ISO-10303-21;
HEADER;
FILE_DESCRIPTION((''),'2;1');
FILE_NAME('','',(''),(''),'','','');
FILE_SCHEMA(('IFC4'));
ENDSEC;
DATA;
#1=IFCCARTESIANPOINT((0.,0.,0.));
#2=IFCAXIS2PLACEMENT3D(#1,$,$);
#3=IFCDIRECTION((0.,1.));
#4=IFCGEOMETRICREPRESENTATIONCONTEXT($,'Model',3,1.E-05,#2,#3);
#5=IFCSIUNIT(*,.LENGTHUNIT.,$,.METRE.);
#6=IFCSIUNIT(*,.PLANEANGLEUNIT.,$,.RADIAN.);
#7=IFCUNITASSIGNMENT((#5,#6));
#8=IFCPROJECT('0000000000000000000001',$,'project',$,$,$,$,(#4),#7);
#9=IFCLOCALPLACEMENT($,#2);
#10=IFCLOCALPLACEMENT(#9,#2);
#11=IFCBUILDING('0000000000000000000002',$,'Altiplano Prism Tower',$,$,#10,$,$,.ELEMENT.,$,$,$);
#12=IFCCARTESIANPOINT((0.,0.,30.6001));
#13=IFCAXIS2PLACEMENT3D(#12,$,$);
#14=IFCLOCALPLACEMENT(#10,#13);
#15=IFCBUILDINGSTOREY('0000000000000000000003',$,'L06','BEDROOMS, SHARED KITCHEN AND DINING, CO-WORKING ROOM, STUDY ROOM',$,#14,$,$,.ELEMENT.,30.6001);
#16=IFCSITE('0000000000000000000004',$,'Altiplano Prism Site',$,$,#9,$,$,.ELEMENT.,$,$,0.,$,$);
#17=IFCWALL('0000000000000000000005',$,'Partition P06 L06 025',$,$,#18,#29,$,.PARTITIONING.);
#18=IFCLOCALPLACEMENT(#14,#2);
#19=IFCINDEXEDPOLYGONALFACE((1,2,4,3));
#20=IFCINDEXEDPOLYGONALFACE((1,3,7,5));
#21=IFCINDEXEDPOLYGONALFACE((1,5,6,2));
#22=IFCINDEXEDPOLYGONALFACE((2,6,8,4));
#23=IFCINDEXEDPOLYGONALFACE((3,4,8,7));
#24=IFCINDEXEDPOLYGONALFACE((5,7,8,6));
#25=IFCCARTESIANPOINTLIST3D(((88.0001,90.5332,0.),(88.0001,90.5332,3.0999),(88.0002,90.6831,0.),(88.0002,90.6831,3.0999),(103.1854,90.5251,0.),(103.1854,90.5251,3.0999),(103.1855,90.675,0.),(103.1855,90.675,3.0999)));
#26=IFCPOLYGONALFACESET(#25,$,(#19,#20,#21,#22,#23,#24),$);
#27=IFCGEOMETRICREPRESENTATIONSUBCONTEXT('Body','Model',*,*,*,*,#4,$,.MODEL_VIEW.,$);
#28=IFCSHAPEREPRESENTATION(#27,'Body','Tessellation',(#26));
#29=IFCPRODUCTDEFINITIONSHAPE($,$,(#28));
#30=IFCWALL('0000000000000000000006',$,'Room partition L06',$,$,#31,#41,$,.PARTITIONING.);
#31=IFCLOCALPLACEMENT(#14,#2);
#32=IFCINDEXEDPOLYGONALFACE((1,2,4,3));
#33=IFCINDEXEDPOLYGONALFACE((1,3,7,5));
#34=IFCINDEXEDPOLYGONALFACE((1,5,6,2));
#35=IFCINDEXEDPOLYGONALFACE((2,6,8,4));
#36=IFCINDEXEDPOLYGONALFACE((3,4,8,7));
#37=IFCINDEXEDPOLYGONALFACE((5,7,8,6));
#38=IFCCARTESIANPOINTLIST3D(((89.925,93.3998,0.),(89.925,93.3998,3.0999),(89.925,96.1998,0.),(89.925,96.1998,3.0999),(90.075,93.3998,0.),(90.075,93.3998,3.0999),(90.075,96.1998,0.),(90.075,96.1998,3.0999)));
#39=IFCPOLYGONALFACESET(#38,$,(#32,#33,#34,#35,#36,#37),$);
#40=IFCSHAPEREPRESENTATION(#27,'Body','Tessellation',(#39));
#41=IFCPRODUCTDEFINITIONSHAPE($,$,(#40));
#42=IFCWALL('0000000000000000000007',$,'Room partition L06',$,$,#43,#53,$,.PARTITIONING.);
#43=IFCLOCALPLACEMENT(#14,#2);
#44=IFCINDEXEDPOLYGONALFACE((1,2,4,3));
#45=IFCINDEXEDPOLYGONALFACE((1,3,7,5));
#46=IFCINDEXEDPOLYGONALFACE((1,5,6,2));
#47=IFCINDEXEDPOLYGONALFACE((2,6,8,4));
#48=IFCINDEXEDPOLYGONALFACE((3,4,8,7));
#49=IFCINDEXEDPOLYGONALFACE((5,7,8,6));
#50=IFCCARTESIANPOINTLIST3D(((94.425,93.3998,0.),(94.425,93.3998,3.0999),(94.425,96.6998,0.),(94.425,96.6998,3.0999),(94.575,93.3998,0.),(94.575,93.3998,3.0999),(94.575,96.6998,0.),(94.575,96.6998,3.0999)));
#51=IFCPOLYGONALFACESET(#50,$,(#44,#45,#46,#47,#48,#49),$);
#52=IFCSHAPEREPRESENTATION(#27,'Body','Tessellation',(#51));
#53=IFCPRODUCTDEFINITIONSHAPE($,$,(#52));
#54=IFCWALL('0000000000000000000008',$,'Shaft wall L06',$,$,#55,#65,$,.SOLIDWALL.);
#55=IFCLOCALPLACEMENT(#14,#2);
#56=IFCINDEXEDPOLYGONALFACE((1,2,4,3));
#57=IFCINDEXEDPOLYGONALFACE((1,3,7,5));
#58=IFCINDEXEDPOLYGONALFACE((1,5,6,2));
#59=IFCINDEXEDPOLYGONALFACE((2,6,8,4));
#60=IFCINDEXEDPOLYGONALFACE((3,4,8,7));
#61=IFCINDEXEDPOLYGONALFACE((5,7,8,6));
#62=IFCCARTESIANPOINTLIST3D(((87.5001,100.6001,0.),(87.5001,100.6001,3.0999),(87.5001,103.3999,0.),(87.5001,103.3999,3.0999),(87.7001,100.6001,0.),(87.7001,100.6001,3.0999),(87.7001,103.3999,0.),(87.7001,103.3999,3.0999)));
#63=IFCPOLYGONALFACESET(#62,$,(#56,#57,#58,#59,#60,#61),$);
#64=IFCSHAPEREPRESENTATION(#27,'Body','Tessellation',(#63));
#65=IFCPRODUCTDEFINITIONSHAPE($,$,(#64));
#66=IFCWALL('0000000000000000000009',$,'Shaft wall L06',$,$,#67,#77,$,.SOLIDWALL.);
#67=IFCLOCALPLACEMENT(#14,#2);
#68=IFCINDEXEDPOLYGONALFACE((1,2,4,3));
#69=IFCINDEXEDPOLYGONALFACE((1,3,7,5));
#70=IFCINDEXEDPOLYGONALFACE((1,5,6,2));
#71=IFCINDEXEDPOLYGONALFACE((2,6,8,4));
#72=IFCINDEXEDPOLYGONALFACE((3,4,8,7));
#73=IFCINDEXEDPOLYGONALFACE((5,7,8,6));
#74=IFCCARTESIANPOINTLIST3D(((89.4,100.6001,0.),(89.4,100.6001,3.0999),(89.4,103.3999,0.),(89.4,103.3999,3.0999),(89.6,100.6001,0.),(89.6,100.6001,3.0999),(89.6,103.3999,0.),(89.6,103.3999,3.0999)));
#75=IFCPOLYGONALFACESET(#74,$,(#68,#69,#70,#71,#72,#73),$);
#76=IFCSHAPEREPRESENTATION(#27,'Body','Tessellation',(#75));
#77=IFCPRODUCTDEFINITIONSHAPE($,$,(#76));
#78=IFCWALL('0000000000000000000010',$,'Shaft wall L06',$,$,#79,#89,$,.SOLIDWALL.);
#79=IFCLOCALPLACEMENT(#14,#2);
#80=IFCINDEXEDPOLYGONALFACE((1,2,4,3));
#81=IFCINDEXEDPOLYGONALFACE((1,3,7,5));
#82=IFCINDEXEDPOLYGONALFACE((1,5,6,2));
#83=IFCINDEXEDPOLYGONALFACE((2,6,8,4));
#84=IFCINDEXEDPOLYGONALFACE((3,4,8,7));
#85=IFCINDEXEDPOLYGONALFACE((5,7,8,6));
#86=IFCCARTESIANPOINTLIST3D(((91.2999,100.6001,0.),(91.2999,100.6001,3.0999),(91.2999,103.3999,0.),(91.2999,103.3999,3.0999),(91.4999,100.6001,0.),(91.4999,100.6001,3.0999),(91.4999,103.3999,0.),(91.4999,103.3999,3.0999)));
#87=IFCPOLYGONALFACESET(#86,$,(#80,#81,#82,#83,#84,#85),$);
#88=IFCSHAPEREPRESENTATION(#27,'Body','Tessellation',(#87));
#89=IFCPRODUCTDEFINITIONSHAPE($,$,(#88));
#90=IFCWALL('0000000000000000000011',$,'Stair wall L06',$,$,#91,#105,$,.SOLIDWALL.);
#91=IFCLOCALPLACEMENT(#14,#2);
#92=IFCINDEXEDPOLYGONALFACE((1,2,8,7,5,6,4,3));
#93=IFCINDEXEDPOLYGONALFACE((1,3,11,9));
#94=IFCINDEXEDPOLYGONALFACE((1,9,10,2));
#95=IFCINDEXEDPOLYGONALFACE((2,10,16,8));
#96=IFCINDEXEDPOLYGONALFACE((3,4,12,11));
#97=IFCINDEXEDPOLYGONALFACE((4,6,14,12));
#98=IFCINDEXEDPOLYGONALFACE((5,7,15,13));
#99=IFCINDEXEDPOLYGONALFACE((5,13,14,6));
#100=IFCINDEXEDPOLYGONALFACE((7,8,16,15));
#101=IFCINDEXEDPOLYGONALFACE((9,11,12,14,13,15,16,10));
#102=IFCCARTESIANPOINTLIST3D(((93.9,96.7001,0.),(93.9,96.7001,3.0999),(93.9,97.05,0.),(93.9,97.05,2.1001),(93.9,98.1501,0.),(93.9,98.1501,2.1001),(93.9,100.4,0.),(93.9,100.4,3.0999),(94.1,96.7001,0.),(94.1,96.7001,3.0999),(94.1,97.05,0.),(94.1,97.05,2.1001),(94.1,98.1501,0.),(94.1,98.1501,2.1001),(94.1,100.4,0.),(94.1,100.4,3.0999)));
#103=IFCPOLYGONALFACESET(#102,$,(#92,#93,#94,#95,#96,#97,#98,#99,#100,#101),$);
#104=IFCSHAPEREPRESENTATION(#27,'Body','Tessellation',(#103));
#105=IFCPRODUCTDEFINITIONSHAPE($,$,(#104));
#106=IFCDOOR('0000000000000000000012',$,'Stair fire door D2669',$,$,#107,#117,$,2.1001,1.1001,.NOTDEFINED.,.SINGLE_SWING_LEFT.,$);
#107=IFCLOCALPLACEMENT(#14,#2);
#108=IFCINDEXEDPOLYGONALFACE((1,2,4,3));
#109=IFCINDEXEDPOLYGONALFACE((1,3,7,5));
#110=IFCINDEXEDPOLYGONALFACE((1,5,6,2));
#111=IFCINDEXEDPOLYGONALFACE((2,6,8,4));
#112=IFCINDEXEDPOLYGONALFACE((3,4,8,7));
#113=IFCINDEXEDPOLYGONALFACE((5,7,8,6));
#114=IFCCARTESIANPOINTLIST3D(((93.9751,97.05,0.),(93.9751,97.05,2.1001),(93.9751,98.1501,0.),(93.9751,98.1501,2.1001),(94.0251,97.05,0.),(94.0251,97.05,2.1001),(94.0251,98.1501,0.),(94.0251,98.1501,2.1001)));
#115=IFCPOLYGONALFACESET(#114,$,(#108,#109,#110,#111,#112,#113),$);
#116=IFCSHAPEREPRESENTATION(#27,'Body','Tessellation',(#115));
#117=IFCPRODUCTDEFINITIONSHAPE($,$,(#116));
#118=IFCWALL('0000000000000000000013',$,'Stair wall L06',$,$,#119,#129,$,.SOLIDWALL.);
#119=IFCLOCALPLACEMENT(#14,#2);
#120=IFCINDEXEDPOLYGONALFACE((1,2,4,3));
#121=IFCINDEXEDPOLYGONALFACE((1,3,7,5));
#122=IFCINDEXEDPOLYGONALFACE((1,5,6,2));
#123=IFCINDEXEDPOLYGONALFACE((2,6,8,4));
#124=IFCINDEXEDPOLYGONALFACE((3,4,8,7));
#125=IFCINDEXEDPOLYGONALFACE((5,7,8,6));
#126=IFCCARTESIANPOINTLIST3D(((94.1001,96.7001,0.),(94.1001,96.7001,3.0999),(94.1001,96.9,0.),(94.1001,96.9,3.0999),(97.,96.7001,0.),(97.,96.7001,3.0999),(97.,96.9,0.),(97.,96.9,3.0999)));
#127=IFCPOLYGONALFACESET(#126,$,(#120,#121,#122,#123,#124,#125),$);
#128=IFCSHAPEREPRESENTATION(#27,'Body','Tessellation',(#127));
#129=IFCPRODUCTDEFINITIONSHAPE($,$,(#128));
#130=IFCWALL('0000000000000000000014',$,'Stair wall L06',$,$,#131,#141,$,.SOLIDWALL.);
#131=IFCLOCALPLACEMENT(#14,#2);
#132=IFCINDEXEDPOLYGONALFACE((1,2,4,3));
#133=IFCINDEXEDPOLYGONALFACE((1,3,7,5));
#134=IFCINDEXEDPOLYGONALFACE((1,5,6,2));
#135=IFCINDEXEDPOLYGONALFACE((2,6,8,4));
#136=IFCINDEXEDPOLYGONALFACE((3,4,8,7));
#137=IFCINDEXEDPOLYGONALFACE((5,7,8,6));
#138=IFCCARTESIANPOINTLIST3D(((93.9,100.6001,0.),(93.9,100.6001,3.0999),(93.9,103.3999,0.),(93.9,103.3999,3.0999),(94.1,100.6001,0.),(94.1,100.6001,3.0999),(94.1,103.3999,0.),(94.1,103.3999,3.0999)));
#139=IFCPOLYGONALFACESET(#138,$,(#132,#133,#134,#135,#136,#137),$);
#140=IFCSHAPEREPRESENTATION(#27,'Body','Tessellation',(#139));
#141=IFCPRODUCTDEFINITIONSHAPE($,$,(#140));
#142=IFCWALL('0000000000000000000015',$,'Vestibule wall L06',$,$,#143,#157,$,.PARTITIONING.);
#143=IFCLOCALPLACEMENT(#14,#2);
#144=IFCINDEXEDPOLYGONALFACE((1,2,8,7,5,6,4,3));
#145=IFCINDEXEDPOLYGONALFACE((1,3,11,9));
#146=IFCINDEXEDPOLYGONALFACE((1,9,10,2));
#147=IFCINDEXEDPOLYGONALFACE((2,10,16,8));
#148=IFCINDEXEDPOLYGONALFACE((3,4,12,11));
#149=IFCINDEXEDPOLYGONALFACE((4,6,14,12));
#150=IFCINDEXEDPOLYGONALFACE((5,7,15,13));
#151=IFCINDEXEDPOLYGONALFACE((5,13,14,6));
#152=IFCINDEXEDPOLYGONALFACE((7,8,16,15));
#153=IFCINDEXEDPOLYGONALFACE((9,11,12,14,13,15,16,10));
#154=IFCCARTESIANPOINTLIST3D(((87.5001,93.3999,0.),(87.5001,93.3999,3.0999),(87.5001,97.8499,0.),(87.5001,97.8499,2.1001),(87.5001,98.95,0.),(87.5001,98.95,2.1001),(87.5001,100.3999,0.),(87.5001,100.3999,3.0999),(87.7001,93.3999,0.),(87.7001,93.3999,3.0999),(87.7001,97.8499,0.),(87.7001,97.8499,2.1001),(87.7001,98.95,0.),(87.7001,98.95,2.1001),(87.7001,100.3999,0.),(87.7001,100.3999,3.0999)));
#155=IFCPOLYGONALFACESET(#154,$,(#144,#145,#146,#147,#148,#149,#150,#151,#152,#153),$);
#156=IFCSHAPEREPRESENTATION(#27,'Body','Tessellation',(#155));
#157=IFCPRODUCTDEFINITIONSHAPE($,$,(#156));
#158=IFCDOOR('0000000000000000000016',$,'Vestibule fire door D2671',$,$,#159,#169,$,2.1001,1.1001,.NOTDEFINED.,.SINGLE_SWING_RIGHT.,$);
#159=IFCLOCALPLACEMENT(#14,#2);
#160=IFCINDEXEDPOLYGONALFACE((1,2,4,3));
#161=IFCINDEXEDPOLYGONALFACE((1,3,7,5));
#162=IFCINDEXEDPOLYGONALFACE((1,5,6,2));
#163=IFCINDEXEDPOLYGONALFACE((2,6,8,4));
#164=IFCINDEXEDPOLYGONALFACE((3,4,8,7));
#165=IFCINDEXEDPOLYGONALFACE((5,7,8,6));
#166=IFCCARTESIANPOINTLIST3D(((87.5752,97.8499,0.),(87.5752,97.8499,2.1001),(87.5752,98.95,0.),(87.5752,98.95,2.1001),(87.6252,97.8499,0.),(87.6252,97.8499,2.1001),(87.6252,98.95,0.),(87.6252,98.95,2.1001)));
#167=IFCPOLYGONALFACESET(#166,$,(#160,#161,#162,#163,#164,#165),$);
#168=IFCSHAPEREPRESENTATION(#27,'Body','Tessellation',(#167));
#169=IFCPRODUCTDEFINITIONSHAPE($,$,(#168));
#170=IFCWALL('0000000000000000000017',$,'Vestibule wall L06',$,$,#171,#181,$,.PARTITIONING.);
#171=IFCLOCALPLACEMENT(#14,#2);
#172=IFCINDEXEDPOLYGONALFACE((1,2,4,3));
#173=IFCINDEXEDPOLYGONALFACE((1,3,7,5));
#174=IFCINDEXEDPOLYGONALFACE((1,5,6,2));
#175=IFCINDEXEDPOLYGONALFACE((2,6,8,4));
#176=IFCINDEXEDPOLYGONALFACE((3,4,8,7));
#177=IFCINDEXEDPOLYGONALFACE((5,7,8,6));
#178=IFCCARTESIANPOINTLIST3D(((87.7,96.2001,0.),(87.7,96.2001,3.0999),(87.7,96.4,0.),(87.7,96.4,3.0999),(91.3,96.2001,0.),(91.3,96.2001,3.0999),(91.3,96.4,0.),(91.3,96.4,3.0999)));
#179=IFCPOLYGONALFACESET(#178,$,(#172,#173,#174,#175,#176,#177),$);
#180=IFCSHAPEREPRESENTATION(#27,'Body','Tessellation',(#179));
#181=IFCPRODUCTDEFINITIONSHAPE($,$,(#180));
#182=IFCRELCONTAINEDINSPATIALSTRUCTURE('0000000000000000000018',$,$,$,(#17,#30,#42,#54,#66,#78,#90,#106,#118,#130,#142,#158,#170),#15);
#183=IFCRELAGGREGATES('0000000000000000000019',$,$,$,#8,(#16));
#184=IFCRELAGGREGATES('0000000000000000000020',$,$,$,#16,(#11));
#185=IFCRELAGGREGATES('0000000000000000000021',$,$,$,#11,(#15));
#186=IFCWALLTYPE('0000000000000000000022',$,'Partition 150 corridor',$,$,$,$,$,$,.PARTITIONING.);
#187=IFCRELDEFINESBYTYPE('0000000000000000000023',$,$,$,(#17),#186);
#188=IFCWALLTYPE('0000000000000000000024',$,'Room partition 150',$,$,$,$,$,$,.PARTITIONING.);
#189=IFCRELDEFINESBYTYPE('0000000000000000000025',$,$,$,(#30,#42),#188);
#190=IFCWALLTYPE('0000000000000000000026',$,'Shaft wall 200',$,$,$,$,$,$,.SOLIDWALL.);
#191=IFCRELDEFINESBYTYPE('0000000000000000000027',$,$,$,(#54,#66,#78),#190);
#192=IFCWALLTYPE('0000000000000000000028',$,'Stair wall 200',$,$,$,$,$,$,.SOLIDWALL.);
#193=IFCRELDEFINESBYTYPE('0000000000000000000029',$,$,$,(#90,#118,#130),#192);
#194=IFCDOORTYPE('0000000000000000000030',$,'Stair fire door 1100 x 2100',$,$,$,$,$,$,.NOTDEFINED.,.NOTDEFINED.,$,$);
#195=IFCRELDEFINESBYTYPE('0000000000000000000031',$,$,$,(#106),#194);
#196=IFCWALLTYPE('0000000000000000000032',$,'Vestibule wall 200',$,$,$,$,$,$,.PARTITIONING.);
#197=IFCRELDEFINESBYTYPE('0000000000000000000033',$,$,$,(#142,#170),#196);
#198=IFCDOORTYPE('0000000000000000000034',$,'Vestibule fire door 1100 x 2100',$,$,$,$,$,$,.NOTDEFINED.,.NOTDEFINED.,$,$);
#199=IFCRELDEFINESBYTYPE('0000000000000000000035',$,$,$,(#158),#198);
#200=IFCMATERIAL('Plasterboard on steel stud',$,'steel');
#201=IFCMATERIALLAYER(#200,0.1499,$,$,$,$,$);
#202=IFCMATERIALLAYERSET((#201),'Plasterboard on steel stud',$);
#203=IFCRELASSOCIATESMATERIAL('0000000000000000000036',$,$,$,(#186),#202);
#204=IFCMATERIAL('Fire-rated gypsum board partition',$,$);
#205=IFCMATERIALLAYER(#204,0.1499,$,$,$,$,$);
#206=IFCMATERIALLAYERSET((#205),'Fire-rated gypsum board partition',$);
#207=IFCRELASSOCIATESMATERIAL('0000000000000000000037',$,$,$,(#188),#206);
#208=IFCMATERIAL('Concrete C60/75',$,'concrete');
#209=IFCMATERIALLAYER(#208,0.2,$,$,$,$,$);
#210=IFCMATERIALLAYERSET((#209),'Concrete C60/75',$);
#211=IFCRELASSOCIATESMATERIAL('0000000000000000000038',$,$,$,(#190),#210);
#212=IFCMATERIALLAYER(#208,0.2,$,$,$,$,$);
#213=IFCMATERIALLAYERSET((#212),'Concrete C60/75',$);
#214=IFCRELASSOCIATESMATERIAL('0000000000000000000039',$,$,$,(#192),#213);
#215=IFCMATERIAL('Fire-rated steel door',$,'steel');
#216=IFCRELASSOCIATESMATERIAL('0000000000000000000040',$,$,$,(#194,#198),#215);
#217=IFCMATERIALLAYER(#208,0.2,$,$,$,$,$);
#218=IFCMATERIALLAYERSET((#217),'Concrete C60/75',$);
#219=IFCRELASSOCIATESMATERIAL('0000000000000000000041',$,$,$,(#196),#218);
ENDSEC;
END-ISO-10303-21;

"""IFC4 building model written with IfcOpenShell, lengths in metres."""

from ifc_helpers import new_model, si_unit, direction, frame, frame_2d, origin, place, context, subcontext, project, spatial, rectangle, extrude, material, layer, layer_set, type_object, element, fill, save


model = new_model("IFC4")

# Units and contexts
model_context = context("Model", 3, precision=1e-05, world=origin(), true_north=direction((0.0, 1.0)))
body_context = subcontext(model_context, "Body", "Model", "MODEL_VIEW")
ifc_project = project(units=[si_unit("LENGTHUNIT", "METRE"), si_unit("PLANEANGLEUNIT", "RADIAN")], contexts=[model_context])

# Site, building, storey
site_placement = place(None, origin())
site = spatial("IfcSite", under=ifc_project, at=site_placement, Name="Altiplano Prism Site", CompositionType="ELEMENT", RefElevation=0.0)
building_placement = place(site_placement, origin())
building = spatial("IfcBuilding", under=site, at=building_placement, Name="Altiplano Prism Tower", CompositionType="ELEMENT")
storey_placement = place(building_placement, frame((0.0, 0.0, 30.6001)))
storey = spatial("IfcBuildingStorey", under=building, at=storey_placement, Name="L06", Description="BEDROOMS, SHARED KITCHEN AND DINING, CO-WORKING ROOM, STUDY ROOM", CompositionType="ELEMENT", Elevation=30.6001)

# Walls
ifc_material_1 = material(Name="Plasterboard on steel stud", Category="steel")
ifc_layer_1 = layer(ifc_material_1, 0.1499)
ifc_layer_set_1 = layer_set([ifc_layer_1], Name="Plasterboard on steel stud")
wall_type_1 = type_object("IfcWallType", Name="Partition 150 corridor", PredefinedType="PARTITIONING", material=ifc_layer_set_1)
wall_1_placement = place(storey_placement, frame((88.0, 90.6082, 0.0), z_axis=(0.0, 0.0, 1.0), x_axis=(1.0, -0.000531, 0.0)))
element("IfcWall", 1, at=wall_1_placement, inside=storey, type_object=wall_type_1, Name="Partition P06 L06 025", PredefinedType="PARTITIONING", context=body_context, shape_type="SweptSolid", body=[
    extrude(rectangle(XDim=15.1853, YDim=0.1499, at=frame_2d((7.5928, 0.0))), origin(), (0.0, 0.0, 1.0), 3.0999),
])
ifc_material_2 = material(Name="Fire-rated gypsum board partition")
ifc_layer_2 = layer(ifc_material_2, 0.1499)
ifc_layer_set_2 = layer_set([ifc_layer_2], Name="Fire-rated gypsum board partition")
wall_type_2 = type_object("IfcWallType", Name="Room partition 150", PredefinedType="PARTITIONING", material=ifc_layer_set_2)
wall_2_placement = place(storey_placement, frame((90.0, 93.3999, 0.0), z_axis=(0.0, 0.0, 1.0), x_axis=(0.0, 1.0, 0.0)))
element("IfcWall", 2, at=wall_2_placement, inside=storey, type_object=wall_type_2, Name="Room partition L06", PredefinedType="PARTITIONING", context=body_context, shape_type="SweptSolid", body=[
    extrude(rectangle(XDim=2.8, YDim=0.1499, at=frame_2d((1.3999, 0.0))), origin(), (0.0, 0.0, 1.0), 3.0999),
])
wall_3_placement = place(storey_placement, frame((94.5, 93.3999, 0.0), z_axis=(0.0, 0.0, 1.0), x_axis=(0.0, 1.0, 0.0)))
element("IfcWall", 3, at=wall_3_placement, inside=storey, type_object=wall_type_2, Name="Room partition L06", PredefinedType="PARTITIONING", context=body_context, shape_type="SweptSolid", body=[
    extrude(rectangle(XDim=3.3, YDim=0.1499, at=frame_2d((1.6499, 0.0))), origin(), (0.0, 0.0, 1.0), 3.0999),
])
ifc_material_3 = material(Name="Concrete C60/75", Category="concrete")
ifc_layer_3 = layer(ifc_material_3, 0.2)
ifc_layer_set_3 = layer_set([ifc_layer_3], Name="Concrete C60/75")
wall_type_3 = type_object("IfcWallType", Name="Shaft wall 200", PredefinedType="SOLIDWALL", material=ifc_layer_set_3)
for number, where, z_axis, x_axis, name in (
    (4, (87.6001, 100.6001, 0.0), (0.0, 0.0, 1.0), (0.0, 1.0, 0.0), "Shaft wall L06"),
    (5, (89.5, 100.6001, 0.0), (0.0, 0.0, 1.0), (0.0, 1.0, 0.0), "Shaft wall L06"),
    (6, (91.3999, 100.6001, 0.0), (0.0, 0.0, 1.0), (0.0, 1.0, 0.0), "Shaft wall L06"),
):
    element("IfcWall", number, at=place(storey_placement, frame(where, z_axis=z_axis, x_axis=x_axis)), inside=storey, type_object=wall_type_3, Name=name, PredefinedType="SOLIDWALL", context=body_context, shape_type="SweptSolid", body=[
        extrude(rectangle(XDim=2.7998, YDim=0.2, at=frame_2d((1.3999, 0.0))), origin(), (0.0, 0.0, 1.0), 3.0999),
    ])

# Wall, opening, door
ifc_layer_4 = layer(ifc_material_3, 0.2)
ifc_layer_set_4 = layer_set([ifc_layer_4], Name="Concrete C60/75")
wall_type_4 = type_object("IfcWallType", Name="Stair wall 200", PredefinedType="SOLIDWALL", material=ifc_layer_set_4)
wall_4_placement = place(storey_placement, frame((94.0, 96.7, 0.0), z_axis=(0.0, 0.0, 1.0), x_axis=(0.0, 1.0, 0.0)))
wall_4 = element("IfcWall", 7, at=wall_4_placement, inside=storey, type_object=wall_type_4, Name="Stair wall L06", PredefinedType="SOLIDWALL", context=body_context, shape_type="SweptSolid", body=[
    extrude(rectangle(XDim=3.7, YDim=0.2, at=frame_2d((1.8501, 0.0))), origin(), (0.0, 0.0, 1.0), 3.0999),
])
opening_1_placement = place(wall_4_placement, frame((0.3501, 0.0, 0.0)))
opening_1 = element("IfcOpeningElement", 8, at=opening_1_placement, cuts=wall_4, PredefinedType="OPENING", context=body_context, shape_type="SweptSolid", body=[
    extrude(rectangle(XDim=1.1001, YDim=2.1001, at=frame_2d((0.55, 1.05))), frame((0.0, 0.1104, 0.0), z_axis=(0.0, -1.0, 0.0), x_axis=(1.0, 0.0, 0.0)), (0.0, 0.0, 1.0), 0.2209),
])
ifc_material_4 = material(Name="Fire-rated steel door", Category="steel")
door_type_1 = type_object("IfcDoorType", Name="Stair fire door 1100 x 2100", OperationType="NOTDEFINED", PredefinedType="NOTDEFINED", material=ifc_material_4)
door_1_placement = place(opening_1_placement, origin())
door_1 = element("IfcDoor", 9, at=door_1_placement, inside=storey, type_object=door_type_1, Name="Stair fire door D2669", OperationType="SINGLE_SWING_LEFT", OverallHeight=2.1001, OverallWidth=1.1001, PredefinedType="NOTDEFINED", context=body_context, shape_type="SweptSolid", body=[
    extrude(rectangle(XDim=1.1001, YDim=2.1001, at=frame_2d((0.55, 1.05))), frame((0.0, 0.0249, 0.0), z_axis=(0.0, -1.0, 0.0), x_axis=(1.0, 0.0, 0.0)), (0.0, 0.0, 1.0), 0.05),
])
fill(opening_1, door_1)

# Walls
wall_5_placement = place(storey_placement, frame((94.1001, 96.8, 0.0), z_axis=(0.0, 0.0, 1.0), x_axis=(1.0, 0.0, 0.0)))
element("IfcWall", 10, at=wall_5_placement, inside=storey, type_object=wall_type_4, Name="Stair wall L06", PredefinedType="SOLIDWALL", context=body_context, shape_type="SweptSolid", body=[
    extrude(rectangle(XDim=2.8999, YDim=0.2, at=frame_2d((1.45, 0.0))), origin(), (0.0, 0.0, 1.0), 3.0999),
])
wall_6_placement = place(storey_placement, frame((94.0, 100.6001, 0.0), z_axis=(0.0, 0.0, 1.0), x_axis=(0.0, 1.0, 0.0)))
element("IfcWall", 11, at=wall_6_placement, inside=storey, type_object=wall_type_4, Name="Stair wall L06", PredefinedType="SOLIDWALL", context=body_context, shape_type="SweptSolid", body=[
    extrude(rectangle(XDim=2.7998, YDim=0.2, at=frame_2d((1.3999, 0.0))), origin(), (0.0, 0.0, 1.0), 3.0999),
])

# Wall, opening, door
ifc_layer_5 = layer(ifc_material_3, 0.2)
ifc_layer_set_5 = layer_set([ifc_layer_5], Name="Concrete C60/75")
wall_type_5 = type_object("IfcWallType", Name="Vestibule wall 200", PredefinedType="PARTITIONING", material=ifc_layer_set_5)
wall_7_placement = place(storey_placement, frame((87.6001, 93.3999, 0.0), z_axis=(0.0, 0.0, 1.0), x_axis=(0.0, 1.0, 0.0)))
wall_7 = element("IfcWall", 12, at=wall_7_placement, inside=storey, type_object=wall_type_5, Name="Vestibule wall L06", PredefinedType="PARTITIONING", context=body_context, shape_type="SweptSolid", body=[
    extrude(rectangle(XDim=7.0, YDim=0.2, at=frame_2d((3.5, 0.0))), origin(), (0.0, 0.0, 1.0), 3.0999),
])
opening_2_placement = place(wall_7_placement, frame((4.45, 0.0, 0.0)))
opening_2 = element("IfcOpeningElement", 13, at=opening_2_placement, cuts=wall_7, PredefinedType="OPENING", context=body_context, shape_type="SweptSolid", body=[
    extrude(rectangle(XDim=1.1001, YDim=2.1001, at=frame_2d((0.55, 1.05))), frame((0.0, 0.1104, 0.0), z_axis=(0.0, -1.0, 0.0), x_axis=(1.0, 0.0, 0.0)), (0.0, 0.0, 1.0), 0.2209),
])
door_type_2 = type_object("IfcDoorType", Name="Vestibule fire door 1100 x 2100", OperationType="NOTDEFINED", PredefinedType="NOTDEFINED", material=ifc_material_4)
door_2_placement = place(opening_2_placement, origin())
door_2 = element("IfcDoor", 14, at=door_2_placement, inside=storey, type_object=door_type_2, Name="Vestibule fire door D2671", OperationType="SINGLE_SWING_RIGHT", OverallHeight=2.1001, OverallWidth=1.1001, PredefinedType="NOTDEFINED", context=body_context, shape_type="SweptSolid", body=[
    extrude(rectangle(XDim=1.1001, YDim=2.1001, at=frame_2d((0.55, 1.05))), frame((0.0, 0.0249, 0.0), z_axis=(0.0, -1.0, 0.0), x_axis=(1.0, 0.0, 0.0)), (0.0, 0.0, 1.0), 0.05),
])
fill(opening_2, door_2)

# Wall
wall_8_placement = place(storey_placement, frame((87.7, 96.3, 0.0), z_axis=(0.0, 0.0, 1.0), x_axis=(1.0, 0.0, 0.0)))
element("IfcWall", 15, at=wall_8_placement, inside=storey, type_object=wall_type_5, Name="Vestibule wall L06", PredefinedType="PARTITIONING", context=body_context, shape_type="SweptSolid", body=[
    extrude(rectangle(XDim=3.6001, YDim=0.2, at=frame_2d((1.8, 0.0))), origin(), (0.0, 0.0, 1.0), 3.0999),
])

save(model, "model.ifc")
